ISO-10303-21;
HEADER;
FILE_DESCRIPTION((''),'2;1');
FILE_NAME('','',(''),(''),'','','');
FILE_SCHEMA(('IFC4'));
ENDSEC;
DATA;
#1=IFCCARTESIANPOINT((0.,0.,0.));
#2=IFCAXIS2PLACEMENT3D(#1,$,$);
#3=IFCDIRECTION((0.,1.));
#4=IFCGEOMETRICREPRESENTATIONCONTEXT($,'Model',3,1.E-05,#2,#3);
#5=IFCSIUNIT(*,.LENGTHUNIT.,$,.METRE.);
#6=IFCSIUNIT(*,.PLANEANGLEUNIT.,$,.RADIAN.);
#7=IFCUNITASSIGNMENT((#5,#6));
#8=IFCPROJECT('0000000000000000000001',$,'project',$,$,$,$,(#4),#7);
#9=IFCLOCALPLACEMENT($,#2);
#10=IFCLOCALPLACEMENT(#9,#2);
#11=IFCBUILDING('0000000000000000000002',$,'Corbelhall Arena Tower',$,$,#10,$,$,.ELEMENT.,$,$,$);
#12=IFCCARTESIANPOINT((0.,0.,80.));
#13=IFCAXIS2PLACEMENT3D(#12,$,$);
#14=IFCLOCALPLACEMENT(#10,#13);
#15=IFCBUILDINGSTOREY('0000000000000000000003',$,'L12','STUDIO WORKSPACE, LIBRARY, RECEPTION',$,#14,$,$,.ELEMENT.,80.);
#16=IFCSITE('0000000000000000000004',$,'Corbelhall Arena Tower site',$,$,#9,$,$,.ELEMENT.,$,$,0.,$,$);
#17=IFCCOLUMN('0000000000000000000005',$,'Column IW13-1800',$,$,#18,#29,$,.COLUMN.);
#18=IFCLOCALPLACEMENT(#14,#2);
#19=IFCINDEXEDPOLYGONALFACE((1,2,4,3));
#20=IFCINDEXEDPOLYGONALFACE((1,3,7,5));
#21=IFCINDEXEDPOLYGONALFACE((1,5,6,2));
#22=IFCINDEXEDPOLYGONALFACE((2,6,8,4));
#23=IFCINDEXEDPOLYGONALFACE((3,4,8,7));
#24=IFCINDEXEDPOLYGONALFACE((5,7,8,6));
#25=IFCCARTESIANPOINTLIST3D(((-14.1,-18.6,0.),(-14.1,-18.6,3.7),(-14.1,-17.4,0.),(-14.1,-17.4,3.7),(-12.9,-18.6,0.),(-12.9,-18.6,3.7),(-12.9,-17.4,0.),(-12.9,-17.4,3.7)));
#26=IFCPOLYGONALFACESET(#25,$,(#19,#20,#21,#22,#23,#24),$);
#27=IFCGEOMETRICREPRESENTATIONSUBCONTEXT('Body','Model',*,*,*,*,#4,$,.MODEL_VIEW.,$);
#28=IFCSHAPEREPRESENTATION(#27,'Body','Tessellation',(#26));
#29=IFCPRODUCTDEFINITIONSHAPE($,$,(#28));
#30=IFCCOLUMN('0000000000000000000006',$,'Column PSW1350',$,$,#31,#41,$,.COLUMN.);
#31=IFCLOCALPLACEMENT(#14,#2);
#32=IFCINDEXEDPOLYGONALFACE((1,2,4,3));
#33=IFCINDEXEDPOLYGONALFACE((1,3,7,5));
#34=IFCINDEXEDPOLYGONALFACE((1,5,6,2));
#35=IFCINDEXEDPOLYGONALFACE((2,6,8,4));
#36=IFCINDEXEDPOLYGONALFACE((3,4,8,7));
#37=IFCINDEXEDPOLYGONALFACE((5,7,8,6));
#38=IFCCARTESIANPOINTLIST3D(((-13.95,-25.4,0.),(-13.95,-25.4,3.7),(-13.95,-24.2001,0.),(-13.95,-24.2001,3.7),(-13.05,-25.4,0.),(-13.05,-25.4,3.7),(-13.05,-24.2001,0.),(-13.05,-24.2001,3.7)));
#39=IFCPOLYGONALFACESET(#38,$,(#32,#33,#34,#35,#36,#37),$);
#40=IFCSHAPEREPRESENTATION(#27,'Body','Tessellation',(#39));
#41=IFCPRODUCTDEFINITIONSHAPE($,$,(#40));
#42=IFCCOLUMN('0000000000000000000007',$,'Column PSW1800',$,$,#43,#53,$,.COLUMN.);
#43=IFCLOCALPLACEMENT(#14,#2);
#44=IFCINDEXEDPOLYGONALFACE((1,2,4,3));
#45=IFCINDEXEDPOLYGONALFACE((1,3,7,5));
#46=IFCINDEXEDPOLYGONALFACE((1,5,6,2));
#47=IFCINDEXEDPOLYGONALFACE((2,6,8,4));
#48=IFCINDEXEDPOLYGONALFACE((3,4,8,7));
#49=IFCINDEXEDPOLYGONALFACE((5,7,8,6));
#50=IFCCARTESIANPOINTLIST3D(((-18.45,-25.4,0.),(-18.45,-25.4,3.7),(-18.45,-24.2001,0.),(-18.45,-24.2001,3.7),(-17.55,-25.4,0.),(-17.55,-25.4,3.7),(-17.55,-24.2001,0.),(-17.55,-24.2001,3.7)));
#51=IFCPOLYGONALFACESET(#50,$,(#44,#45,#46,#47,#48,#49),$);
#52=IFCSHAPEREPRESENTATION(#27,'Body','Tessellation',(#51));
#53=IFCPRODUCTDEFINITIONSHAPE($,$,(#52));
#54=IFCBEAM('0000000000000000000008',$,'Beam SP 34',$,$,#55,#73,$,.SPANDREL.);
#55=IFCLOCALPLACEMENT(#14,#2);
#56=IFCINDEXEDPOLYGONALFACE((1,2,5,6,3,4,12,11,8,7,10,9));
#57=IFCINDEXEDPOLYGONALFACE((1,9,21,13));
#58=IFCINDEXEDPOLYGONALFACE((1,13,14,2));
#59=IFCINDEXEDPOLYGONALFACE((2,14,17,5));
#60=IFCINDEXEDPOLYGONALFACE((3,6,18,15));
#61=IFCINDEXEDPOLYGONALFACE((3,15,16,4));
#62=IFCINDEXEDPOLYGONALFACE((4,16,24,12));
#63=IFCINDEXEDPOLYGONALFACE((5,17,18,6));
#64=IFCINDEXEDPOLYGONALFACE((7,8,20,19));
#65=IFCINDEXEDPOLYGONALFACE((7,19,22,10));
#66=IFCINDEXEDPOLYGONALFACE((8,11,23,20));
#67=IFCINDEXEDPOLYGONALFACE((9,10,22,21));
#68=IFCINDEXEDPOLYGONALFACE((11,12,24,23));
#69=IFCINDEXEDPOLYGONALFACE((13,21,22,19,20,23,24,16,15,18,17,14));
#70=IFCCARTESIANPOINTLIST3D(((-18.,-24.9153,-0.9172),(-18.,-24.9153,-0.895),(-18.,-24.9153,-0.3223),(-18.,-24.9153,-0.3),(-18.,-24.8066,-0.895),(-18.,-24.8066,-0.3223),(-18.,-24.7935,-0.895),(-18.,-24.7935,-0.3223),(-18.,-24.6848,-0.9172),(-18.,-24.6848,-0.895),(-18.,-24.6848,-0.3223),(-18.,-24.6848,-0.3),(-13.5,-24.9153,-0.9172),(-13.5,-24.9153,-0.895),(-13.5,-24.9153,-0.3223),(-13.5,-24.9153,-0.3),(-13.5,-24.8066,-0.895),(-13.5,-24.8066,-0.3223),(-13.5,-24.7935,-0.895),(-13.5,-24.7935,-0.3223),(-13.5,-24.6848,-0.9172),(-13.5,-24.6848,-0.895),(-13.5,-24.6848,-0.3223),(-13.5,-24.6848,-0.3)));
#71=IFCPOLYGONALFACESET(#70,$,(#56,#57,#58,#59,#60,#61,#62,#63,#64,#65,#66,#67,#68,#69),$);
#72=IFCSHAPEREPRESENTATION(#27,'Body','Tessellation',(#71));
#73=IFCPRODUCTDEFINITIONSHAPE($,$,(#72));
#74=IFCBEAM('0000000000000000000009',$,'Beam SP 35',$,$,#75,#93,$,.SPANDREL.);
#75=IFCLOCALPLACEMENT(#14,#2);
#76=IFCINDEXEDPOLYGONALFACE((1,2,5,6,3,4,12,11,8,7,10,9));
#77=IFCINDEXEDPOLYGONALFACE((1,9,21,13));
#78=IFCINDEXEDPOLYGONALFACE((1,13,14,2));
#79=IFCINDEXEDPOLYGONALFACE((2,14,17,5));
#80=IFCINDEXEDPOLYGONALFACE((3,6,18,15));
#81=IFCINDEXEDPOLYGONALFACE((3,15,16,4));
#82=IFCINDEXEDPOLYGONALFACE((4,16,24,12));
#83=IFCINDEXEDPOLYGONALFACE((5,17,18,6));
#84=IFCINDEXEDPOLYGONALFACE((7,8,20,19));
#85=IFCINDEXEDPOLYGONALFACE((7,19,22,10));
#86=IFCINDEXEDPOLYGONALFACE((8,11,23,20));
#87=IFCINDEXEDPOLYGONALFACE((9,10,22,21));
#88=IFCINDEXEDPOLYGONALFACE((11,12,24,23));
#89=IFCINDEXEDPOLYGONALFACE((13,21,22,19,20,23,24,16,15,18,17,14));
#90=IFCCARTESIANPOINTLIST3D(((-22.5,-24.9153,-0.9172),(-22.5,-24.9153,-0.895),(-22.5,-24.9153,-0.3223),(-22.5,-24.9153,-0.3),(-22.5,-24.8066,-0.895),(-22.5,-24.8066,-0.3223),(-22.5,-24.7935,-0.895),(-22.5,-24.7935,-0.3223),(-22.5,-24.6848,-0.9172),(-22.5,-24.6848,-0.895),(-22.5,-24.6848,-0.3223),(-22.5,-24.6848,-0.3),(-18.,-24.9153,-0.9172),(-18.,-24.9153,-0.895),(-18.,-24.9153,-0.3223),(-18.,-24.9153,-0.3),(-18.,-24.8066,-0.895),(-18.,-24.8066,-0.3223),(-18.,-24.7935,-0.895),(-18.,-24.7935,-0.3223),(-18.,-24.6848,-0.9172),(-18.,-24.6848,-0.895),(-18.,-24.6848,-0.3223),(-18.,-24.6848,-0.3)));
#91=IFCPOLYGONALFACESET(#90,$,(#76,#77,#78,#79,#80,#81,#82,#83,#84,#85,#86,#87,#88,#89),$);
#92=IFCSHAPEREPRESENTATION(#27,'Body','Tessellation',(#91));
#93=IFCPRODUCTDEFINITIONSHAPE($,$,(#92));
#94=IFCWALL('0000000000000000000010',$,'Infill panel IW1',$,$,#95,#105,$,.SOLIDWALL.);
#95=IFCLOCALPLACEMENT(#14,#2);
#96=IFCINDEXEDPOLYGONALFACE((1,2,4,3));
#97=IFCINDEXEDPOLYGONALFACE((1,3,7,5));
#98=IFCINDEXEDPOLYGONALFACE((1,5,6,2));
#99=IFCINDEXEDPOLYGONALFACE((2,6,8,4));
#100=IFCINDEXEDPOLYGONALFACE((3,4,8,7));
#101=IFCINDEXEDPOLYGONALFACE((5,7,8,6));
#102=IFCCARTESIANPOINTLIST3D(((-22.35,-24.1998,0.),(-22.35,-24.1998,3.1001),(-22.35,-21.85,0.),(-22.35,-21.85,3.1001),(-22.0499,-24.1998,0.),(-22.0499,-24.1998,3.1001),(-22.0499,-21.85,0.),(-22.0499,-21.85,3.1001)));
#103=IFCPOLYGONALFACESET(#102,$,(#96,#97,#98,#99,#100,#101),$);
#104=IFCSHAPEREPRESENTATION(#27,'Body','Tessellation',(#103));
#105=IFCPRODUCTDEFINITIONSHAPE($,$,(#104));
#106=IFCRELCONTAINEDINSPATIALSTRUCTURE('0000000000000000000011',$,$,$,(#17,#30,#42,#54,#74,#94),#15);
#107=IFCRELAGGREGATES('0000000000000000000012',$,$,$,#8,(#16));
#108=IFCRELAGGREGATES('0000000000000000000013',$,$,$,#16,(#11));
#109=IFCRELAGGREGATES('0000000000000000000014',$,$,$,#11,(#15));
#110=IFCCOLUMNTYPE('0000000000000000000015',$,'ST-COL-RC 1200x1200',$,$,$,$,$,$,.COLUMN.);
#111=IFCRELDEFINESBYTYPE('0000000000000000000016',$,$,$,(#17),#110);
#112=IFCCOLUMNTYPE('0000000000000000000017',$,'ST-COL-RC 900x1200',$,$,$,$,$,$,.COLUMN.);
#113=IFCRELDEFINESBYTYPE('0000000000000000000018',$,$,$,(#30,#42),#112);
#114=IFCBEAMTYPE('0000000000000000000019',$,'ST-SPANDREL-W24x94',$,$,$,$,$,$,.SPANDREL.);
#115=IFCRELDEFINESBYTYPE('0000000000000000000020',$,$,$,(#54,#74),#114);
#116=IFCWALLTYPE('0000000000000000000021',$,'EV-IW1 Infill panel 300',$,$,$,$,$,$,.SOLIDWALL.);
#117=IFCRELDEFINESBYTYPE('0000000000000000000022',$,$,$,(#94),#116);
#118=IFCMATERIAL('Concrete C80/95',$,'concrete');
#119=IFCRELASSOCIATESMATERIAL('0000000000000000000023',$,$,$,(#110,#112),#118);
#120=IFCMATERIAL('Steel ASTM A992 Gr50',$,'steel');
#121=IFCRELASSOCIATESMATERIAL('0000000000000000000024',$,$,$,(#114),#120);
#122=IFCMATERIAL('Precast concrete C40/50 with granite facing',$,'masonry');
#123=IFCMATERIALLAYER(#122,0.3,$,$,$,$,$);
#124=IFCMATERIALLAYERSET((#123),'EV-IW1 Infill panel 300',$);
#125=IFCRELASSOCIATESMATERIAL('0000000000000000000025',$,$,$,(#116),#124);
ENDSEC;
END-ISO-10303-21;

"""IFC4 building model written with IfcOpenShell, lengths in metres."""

from ifc_helpers import new_model, si_unit, direction, frame, frame_2d, origin, origin_2d, place, context, subcontext, project, spatial, rectangle, i_section, extrude, material, layer, layer_set, material_profile, profile_set, type_object, element, save


model = new_model("IFC4")

# Units and contexts
model_context = context("Model", 3, precision=1e-05, world=origin(), true_north=direction((0.0, 1.0)))
body_context = subcontext(model_context, "Body", "Model", "MODEL_VIEW")
ifc_project = project(units=[si_unit("LENGTHUNIT", "METRE"), si_unit("PLANEANGLEUNIT", "RADIAN")], contexts=[model_context])

# Site, building, storey
site_placement = place(None, origin())
site = spatial("IfcSite", under=ifc_project, at=site_placement, Name="Corbelhall Arena Tower site", CompositionType="ELEMENT", RefElevation=0.0)
building_placement = place(site_placement, origin())
building = spatial("IfcBuilding", under=site, at=building_placement, Name="Corbelhall Arena Tower", CompositionType="ELEMENT")
storey_placement = place(building_placement, frame((0.0, 0.0, 80.0)))
storey = spatial("IfcBuildingStorey", under=building, at=storey_placement, Name="L12", Description="STUDIO WORKSPACE, LIBRARY, RECEPTION", CompositionType="ELEMENT", Elevation=80.0)

# Columns
ifc_material_1 = material(Name="Concrete C80/95", Category="concrete")
ifc_material_profile_1 = material_profile(ifc_material_1, rectangle(XDim=1.2, YDim=1.2, at=origin_2d()))
ifc_profile_set_1 = profile_set([ifc_material_profile_1], Name="Concrete C80/95")
column_type_1 = type_object("IfcColumnType", Name="ST-COL-RC 1200x1200", PredefinedType="COLUMN", material=ifc_profile_set_1)
column_placement = place(storey_placement, frame((-13.5, -18.0, 0.0), z_axis=(0.0, 0.0, 1.0), x_axis=(1.0, 0.0, 0.0)))
element("IfcColumn", 1, at=column_placement, inside=storey, type_object=column_type_1, Name="Column IW13-1800", PredefinedType="COLUMN", context=body_context, shape_type="SweptSolid", body=[
    extrude(rectangle(XDim=1.2, YDim=1.2, at=origin_2d()), origin(), (0.0, 0.0, 1.0), 3.7),
])
ifc_material_profile_2 = material_profile(ifc_material_1, rectangle(XDim=0.8999, YDim=1.2, at=origin_2d()))
ifc_profile_set_2 = profile_set([ifc_material_profile_2], Name="Concrete C80/95")
column_type_2 = type_object("IfcColumnType", Name="ST-COL-RC 900x1200", PredefinedType="COLUMN", material=ifc_profile_set_2)
for number, where, z_axis, x_axis, name in (
    (2, (-13.5, -24.8, 0.0), (0.0, 0.0, 1.0), (1.0, 0.0, 0.0), "Column PSW1350"),
    (3, (-18.0, -24.8, 0.0), (0.0, 0.0, 1.0), (1.0, 0.0, 0.0), "Column PSW1800"),
):
    element("IfcColumn", number, at=place(storey_placement, frame(where, z_axis=z_axis, x_axis=x_axis)), inside=storey, type_object=column_type_2, Name=name, PredefinedType="COLUMN", context=body_context, shape_type="SweptSolid", body=[
        extrude(rectangle(XDim=0.8999, YDim=1.2, at=origin_2d()), origin(), (0.0, 0.0, 1.0), 3.7),
    ])

# Beams
ifc_material_2 = material(Name="Steel ASTM A992 Gr50", Category="steel")
ifc_material_profile_3 = material_profile(ifc_material_2, i_section(OverallWidth=0.2305, OverallDepth=0.6172, WebThickness=0.0132, FlangeThickness=0.0222, at=origin_2d()))
ifc_profile_set_3 = profile_set([ifc_material_profile_3], Name="Steel ASTM A992 Gr50")
beam_type = type_object("IfcBeamType", Name="ST-SPANDREL-W24x94", PredefinedType="SPANDREL", material=ifc_profile_set_3)
for number, where, z_axis, x_axis, name in (
    (4, (-13.5, -24.8, -0.6086), (-1.0, 0.0, 0.0), (0.0, -1.0, 0.0), "Beam SP 34"),
    (5, (-18.0, -24.8, -0.6086), (-1.0, 0.0, 0.0), (0.0, -1.0, 0.0), "Beam SP 35"),
):
    element("IfcBeam", number, at=place(storey_placement, frame(where, z_axis=z_axis, x_axis=x_axis)), inside=storey, type_object=beam_type, Name=name, PredefinedType="SPANDREL", context=body_context, shape_type="SweptSolid", body=[
        extrude(i_section(OverallWidth=0.2305, OverallDepth=0.6172, WebThickness=0.0132, FlangeThickness=0.0222, at=origin_2d()), origin(), (0.0, 0.0, 1.0), 4.5),
    ])

# Wall
ifc_material_3 = material(Name="Precast concrete C40/50 with granite facing", Category="masonry")
ifc_layer_1 = layer(ifc_material_3, 0.3)
ifc_layer_set_1 = layer_set([ifc_layer_1], Name="EV-IW1 Infill panel 300")
wall_type_1 = type_object("IfcWallType", Name="EV-IW1 Infill panel 300", PredefinedType="SOLIDWALL", material=ifc_layer_set_1)
wall_1_placement = place(storey_placement, frame((-22.2, -21.8501, 0.0), z_axis=(0.0, 0.0, 1.0), x_axis=(0.0, -1.0, 0.0)))
element("IfcWall", 6, at=wall_1_placement, inside=storey, type_object=wall_type_1, Name="Infill panel IW1", PredefinedType="SOLIDWALL", context=body_context, shape_type="SweptSolid", body=[
    extrude(rectangle(XDim=2.3499, YDim=0.3, at=frame_2d((1.1748, 0.0))), origin(), (0.0, 0.0, 1.0), 3.1001),
])

save(model, "model.ifc")
